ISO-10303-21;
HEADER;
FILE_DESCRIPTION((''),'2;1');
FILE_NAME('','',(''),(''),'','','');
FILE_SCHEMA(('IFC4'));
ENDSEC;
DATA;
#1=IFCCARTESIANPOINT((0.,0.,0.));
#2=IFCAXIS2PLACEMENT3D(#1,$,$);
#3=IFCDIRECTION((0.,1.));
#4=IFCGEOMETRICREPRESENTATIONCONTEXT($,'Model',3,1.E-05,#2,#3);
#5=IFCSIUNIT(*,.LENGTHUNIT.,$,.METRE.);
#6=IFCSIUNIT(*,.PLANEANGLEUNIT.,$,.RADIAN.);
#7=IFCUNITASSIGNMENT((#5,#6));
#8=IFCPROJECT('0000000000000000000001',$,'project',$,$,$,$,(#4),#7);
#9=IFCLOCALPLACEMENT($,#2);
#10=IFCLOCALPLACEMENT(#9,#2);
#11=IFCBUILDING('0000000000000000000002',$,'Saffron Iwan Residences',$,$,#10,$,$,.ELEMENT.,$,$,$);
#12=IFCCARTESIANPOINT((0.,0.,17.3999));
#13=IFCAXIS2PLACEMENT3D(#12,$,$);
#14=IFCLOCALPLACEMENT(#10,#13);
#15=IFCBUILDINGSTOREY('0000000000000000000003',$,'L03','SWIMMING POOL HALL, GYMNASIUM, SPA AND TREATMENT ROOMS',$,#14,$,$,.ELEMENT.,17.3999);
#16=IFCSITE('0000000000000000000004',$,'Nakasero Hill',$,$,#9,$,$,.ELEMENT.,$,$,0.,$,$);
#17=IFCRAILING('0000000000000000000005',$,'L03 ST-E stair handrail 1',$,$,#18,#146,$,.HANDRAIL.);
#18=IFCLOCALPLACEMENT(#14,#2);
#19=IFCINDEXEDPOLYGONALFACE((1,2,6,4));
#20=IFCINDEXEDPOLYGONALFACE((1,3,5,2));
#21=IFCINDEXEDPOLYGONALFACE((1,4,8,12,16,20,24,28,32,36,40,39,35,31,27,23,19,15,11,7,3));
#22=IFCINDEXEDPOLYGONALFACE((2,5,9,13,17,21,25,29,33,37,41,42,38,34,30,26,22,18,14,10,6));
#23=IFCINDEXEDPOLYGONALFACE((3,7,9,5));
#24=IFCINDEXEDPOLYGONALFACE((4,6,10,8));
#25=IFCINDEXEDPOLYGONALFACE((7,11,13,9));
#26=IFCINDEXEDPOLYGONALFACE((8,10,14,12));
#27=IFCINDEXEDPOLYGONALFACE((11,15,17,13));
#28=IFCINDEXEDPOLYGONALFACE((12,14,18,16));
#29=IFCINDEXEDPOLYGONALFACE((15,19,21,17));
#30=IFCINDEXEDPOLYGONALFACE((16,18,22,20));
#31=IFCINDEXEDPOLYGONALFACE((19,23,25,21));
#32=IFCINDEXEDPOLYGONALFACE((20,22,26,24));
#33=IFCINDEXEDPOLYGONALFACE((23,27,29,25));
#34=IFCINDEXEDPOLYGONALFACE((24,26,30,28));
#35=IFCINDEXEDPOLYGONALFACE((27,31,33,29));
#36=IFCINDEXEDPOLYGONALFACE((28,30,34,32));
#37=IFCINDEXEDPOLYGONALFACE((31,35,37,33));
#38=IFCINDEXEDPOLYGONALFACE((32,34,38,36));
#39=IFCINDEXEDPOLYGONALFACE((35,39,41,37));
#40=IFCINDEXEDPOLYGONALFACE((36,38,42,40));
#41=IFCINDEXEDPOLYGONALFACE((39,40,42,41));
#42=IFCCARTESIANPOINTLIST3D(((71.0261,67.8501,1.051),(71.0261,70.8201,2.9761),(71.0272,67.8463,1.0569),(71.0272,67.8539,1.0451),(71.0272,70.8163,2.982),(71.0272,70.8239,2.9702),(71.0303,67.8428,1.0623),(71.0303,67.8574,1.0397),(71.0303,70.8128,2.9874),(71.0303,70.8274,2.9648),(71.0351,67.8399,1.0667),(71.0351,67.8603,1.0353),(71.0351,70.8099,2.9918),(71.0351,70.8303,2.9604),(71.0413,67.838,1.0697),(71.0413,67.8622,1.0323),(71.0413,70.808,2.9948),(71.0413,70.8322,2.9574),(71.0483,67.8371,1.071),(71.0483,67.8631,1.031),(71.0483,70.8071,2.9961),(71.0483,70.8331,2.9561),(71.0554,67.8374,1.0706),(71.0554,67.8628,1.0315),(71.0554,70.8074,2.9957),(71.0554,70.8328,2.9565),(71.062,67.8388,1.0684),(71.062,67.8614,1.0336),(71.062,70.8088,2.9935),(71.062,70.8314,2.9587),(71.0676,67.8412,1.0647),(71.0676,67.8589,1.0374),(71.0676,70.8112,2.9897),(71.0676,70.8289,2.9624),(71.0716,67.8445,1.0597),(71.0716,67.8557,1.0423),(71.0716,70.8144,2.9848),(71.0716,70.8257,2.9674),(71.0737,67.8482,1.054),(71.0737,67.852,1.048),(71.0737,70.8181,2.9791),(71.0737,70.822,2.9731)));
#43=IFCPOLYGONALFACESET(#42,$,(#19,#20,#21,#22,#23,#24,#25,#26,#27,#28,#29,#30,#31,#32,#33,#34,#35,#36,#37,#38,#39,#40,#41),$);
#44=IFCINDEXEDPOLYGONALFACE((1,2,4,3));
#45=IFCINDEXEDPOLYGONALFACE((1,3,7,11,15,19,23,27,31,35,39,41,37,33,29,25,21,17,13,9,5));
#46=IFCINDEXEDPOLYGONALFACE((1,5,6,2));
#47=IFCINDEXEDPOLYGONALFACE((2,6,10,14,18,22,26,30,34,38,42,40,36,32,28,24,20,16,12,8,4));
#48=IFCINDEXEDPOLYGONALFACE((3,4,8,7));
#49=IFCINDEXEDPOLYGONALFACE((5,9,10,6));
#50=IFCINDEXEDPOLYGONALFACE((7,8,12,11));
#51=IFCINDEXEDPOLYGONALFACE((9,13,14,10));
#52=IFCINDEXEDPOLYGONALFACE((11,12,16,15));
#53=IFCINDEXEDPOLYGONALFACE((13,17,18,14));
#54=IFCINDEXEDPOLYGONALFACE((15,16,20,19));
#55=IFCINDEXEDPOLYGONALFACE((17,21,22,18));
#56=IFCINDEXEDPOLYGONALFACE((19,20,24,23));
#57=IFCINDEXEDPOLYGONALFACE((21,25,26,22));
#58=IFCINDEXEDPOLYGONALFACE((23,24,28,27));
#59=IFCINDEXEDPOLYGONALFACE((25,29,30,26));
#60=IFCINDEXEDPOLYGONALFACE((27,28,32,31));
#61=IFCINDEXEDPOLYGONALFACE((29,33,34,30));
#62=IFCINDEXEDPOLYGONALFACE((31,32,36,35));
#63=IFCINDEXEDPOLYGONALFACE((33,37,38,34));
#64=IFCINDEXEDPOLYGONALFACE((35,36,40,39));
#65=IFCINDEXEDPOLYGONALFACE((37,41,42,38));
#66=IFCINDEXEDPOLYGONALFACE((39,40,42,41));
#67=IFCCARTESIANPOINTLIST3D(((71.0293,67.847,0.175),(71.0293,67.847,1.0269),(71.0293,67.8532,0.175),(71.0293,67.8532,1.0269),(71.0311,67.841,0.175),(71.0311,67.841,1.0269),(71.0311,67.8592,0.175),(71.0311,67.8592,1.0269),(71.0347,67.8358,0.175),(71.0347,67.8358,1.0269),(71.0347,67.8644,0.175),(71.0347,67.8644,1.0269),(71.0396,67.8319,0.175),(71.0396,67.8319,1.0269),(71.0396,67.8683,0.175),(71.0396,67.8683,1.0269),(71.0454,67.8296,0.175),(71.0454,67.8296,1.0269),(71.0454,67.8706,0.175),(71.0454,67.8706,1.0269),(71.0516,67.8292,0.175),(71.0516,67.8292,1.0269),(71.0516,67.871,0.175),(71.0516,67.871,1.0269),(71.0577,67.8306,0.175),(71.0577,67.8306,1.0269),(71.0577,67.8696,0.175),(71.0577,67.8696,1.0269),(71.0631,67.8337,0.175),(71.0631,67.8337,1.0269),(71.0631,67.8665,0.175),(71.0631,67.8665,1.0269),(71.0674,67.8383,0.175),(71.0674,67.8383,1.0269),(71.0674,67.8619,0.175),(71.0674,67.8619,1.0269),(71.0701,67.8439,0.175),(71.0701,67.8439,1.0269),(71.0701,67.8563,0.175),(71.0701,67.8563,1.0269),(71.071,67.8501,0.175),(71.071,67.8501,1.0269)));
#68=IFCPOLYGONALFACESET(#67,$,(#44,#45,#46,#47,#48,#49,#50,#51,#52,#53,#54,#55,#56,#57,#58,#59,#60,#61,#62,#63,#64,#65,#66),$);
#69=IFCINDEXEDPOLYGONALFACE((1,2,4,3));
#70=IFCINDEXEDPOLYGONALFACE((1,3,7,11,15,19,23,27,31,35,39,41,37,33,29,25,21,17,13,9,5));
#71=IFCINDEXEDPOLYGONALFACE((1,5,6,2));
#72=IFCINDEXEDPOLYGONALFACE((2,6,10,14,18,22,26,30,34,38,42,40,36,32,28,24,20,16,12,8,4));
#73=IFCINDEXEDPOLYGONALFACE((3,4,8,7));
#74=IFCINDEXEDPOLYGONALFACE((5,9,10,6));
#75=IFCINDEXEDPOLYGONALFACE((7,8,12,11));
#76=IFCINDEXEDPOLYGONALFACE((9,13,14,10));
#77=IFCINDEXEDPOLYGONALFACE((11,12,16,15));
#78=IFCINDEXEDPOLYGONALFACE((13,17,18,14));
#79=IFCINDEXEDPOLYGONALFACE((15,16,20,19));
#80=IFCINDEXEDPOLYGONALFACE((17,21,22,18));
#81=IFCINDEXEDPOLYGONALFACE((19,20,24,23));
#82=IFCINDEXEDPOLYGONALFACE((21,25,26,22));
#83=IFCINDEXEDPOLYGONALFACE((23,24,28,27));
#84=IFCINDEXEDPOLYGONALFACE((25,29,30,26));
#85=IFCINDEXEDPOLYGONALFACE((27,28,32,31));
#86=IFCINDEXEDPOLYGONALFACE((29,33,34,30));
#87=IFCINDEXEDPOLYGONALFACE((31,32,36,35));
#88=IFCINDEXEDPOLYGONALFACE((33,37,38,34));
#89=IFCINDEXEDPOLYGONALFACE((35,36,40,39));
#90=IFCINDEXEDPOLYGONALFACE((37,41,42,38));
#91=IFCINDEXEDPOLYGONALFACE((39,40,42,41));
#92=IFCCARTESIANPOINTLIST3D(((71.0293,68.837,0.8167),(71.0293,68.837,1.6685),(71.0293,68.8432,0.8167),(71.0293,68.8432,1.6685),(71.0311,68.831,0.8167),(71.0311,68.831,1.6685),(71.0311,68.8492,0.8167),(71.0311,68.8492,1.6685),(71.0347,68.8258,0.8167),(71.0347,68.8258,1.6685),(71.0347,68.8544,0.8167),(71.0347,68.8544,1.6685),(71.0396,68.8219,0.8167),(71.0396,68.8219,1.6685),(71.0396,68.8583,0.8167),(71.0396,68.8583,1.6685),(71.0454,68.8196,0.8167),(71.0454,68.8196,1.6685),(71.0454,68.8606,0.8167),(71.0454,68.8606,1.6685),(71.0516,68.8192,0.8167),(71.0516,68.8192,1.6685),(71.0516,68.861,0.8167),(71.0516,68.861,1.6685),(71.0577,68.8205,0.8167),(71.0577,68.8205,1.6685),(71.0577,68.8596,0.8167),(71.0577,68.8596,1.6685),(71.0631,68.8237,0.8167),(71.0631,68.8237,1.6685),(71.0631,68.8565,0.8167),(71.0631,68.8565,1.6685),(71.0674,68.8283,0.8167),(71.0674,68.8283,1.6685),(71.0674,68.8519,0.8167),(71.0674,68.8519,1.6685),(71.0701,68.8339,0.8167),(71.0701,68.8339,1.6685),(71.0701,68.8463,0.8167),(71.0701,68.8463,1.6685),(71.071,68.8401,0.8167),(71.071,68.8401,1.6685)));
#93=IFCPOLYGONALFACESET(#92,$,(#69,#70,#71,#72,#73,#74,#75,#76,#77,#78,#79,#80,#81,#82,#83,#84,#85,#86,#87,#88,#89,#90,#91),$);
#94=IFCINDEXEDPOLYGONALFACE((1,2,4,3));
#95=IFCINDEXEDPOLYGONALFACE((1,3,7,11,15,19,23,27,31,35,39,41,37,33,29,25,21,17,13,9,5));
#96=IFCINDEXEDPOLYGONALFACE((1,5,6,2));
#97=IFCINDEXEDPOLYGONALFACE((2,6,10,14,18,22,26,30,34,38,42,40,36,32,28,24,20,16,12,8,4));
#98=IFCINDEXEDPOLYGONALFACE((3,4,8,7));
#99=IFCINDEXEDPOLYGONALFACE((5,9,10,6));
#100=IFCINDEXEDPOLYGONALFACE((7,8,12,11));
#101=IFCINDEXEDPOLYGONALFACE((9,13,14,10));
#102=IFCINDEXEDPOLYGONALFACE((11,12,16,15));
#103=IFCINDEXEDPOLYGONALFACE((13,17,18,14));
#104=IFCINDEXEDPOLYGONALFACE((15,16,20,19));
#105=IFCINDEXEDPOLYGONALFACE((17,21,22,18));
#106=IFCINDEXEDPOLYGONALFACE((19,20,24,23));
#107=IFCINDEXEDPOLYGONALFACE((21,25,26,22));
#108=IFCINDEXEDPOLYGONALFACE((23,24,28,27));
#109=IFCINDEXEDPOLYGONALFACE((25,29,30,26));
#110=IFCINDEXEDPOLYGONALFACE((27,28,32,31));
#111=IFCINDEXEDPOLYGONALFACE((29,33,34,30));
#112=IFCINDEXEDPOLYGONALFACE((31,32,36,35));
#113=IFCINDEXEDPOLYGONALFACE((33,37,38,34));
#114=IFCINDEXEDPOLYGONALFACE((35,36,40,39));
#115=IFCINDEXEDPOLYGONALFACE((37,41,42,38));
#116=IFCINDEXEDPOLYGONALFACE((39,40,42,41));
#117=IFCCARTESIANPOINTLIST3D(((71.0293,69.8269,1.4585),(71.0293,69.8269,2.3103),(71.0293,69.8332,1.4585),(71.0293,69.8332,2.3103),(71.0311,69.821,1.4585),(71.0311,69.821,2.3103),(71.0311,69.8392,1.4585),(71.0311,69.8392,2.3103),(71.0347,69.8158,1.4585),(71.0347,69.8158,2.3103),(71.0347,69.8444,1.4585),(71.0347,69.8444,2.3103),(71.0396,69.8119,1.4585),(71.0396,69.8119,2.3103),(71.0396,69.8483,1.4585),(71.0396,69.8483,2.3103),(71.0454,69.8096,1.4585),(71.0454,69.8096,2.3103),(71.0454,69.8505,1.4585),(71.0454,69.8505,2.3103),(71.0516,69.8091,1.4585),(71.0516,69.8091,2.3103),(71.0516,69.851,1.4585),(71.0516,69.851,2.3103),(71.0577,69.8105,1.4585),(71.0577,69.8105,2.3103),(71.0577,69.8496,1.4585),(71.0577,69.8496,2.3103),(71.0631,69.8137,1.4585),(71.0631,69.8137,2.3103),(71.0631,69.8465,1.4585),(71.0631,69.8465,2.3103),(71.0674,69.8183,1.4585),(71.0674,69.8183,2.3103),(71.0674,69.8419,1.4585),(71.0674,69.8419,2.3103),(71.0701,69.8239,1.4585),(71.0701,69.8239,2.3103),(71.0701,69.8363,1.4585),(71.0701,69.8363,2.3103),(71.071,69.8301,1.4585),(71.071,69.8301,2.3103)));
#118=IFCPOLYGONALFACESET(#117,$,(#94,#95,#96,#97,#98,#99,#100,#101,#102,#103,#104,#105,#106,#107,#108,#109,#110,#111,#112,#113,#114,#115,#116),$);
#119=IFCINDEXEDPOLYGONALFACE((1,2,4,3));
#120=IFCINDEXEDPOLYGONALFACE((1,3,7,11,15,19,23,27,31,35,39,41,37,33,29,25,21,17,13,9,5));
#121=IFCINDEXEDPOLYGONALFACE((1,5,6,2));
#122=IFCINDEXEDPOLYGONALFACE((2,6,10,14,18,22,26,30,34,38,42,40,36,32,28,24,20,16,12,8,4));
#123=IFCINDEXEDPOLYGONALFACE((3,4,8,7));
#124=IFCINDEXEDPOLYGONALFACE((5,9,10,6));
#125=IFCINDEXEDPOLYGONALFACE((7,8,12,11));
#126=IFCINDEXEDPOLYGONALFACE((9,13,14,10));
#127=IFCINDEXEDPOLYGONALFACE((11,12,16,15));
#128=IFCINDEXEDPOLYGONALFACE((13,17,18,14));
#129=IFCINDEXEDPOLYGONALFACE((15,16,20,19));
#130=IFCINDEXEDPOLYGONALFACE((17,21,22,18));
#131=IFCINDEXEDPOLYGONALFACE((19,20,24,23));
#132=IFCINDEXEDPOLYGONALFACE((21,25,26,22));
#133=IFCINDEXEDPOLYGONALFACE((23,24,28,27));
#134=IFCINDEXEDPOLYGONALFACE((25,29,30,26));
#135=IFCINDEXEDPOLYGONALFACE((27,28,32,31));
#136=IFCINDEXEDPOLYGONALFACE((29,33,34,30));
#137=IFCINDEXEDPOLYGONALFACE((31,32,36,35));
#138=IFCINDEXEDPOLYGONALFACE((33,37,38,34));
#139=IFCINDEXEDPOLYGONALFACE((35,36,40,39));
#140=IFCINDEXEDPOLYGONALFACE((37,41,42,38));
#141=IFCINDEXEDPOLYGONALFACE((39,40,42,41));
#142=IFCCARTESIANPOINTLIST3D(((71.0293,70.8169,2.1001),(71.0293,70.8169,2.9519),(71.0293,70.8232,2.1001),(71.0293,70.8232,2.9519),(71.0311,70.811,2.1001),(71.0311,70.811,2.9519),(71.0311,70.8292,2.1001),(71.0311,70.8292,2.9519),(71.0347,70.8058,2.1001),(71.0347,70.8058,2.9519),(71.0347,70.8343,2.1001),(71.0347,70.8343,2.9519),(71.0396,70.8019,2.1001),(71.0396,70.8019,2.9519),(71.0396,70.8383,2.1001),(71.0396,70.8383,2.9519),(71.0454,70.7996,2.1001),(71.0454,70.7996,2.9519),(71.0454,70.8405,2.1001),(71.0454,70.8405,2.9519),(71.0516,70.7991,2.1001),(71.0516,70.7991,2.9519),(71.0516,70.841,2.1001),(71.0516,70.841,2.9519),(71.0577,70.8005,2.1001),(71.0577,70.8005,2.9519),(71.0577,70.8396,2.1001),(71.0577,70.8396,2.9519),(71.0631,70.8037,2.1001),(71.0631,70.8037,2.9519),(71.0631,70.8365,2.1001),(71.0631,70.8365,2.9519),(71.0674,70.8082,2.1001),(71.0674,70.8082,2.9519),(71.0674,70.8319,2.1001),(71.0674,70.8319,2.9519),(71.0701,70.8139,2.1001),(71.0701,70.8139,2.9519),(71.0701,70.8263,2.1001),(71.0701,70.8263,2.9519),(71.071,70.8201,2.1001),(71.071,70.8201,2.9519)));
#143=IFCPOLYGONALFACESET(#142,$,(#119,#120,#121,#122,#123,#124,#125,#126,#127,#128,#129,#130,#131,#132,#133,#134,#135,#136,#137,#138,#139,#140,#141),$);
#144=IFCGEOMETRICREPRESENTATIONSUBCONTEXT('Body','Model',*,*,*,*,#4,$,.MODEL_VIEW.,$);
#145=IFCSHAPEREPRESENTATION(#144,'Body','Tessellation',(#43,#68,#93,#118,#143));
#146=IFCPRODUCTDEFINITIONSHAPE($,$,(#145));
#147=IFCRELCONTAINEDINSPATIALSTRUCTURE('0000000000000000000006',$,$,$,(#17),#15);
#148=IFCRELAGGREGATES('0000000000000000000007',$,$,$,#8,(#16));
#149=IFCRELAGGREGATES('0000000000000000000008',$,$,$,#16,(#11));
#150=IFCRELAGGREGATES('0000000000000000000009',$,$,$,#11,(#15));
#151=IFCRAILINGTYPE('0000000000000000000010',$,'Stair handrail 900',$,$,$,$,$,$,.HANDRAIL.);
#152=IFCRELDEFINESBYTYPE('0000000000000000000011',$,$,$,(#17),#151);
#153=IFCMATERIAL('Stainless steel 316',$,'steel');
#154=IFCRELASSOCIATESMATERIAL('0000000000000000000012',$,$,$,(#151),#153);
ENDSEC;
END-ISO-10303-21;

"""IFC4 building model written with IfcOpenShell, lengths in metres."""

from ifc_helpers import new_model, si_unit, direction, frame, origin, origin_2d, place, context, subcontext, project, spatial, circle, extrude, material, type_object, element, save


model = new_model("IFC4")

# Units and contexts
model_context = context("Model", 3, precision=1e-05, world=origin(), true_north=direction((0.0, 1.0)))
body_context = subcontext(model_context, "Body", "Model", "MODEL_VIEW")
ifc_project = project(units=[si_unit("LENGTHUNIT", "METRE"), si_unit("PLANEANGLEUNIT", "RADIAN")], contexts=[model_context])

# Site, building, storey
site_placement = place(None, origin())
site = spatial("IfcSite", under=ifc_project, at=site_placement, Name="Nakasero Hill", CompositionType="ELEMENT", RefElevation=0.0)
building_placement = place(site_placement, origin())
building = spatial("IfcBuilding", under=site, at=building_placement, Name="Saffron Iwan Residences", CompositionType="ELEMENT")
storey_placement = place(building_placement, frame((0.0, 0.0, 17.3999)))
storey = spatial("IfcBuildingStorey", under=building, at=storey_placement, Name="L03", Description="SWIMMING POOL HALL, GYMNASIUM, SPA AND TREATMENT ROOMS", CompositionType="ELEMENT", Elevation=17.3999)

# Railing
ifc_material_1 = material(Name="Stainless steel 316", Category="steel")
railing_type_1 = type_object("IfcRailingType", Name="Stair handrail 900", PredefinedType="HANDRAIL", material=ifc_material_1)
railing_1_placement = place(storey_placement, frame((71.05, 67.8501, 0.175)))
element("IfcRailing", 1, at=railing_1_placement, inside=storey, type_object=railing_type_1, Name="L03 ST-E stair handrail 1", PredefinedType="HANDRAIL", context=body_context, shape_type="SweptSolid", body=[
    extrude(circle(Radius=0.0239, at=origin_2d()), frame((0.0, 0.0, 0.876), z_axis=(0.0, 0.839144, 0.543909), x_axis=(-1.0, 0.0, 0.0)), (0.0, 0.0, 1.0), 3.5393),
    extrude(circle(Radius=0.021, at=origin_2d()), origin(), (0.0, 0.0, 1.0), 0.8518),
    extrude(circle(Radius=0.021, at=origin_2d()), frame((0.0, 0.99, 0.6416)), (0.0, 0.0, 1.0), 0.8518),
    extrude(circle(Radius=0.021, at=origin_2d()), frame((0.0, 1.98, 1.2834)), (0.0, 0.0, 1.0), 0.8518),
    extrude(circle(Radius=0.021, at=origin_2d()), frame((0.0, 2.97, 1.925)), (0.0, 0.0, 1.0), 0.8518),
])

save(model, "model.ifc")
